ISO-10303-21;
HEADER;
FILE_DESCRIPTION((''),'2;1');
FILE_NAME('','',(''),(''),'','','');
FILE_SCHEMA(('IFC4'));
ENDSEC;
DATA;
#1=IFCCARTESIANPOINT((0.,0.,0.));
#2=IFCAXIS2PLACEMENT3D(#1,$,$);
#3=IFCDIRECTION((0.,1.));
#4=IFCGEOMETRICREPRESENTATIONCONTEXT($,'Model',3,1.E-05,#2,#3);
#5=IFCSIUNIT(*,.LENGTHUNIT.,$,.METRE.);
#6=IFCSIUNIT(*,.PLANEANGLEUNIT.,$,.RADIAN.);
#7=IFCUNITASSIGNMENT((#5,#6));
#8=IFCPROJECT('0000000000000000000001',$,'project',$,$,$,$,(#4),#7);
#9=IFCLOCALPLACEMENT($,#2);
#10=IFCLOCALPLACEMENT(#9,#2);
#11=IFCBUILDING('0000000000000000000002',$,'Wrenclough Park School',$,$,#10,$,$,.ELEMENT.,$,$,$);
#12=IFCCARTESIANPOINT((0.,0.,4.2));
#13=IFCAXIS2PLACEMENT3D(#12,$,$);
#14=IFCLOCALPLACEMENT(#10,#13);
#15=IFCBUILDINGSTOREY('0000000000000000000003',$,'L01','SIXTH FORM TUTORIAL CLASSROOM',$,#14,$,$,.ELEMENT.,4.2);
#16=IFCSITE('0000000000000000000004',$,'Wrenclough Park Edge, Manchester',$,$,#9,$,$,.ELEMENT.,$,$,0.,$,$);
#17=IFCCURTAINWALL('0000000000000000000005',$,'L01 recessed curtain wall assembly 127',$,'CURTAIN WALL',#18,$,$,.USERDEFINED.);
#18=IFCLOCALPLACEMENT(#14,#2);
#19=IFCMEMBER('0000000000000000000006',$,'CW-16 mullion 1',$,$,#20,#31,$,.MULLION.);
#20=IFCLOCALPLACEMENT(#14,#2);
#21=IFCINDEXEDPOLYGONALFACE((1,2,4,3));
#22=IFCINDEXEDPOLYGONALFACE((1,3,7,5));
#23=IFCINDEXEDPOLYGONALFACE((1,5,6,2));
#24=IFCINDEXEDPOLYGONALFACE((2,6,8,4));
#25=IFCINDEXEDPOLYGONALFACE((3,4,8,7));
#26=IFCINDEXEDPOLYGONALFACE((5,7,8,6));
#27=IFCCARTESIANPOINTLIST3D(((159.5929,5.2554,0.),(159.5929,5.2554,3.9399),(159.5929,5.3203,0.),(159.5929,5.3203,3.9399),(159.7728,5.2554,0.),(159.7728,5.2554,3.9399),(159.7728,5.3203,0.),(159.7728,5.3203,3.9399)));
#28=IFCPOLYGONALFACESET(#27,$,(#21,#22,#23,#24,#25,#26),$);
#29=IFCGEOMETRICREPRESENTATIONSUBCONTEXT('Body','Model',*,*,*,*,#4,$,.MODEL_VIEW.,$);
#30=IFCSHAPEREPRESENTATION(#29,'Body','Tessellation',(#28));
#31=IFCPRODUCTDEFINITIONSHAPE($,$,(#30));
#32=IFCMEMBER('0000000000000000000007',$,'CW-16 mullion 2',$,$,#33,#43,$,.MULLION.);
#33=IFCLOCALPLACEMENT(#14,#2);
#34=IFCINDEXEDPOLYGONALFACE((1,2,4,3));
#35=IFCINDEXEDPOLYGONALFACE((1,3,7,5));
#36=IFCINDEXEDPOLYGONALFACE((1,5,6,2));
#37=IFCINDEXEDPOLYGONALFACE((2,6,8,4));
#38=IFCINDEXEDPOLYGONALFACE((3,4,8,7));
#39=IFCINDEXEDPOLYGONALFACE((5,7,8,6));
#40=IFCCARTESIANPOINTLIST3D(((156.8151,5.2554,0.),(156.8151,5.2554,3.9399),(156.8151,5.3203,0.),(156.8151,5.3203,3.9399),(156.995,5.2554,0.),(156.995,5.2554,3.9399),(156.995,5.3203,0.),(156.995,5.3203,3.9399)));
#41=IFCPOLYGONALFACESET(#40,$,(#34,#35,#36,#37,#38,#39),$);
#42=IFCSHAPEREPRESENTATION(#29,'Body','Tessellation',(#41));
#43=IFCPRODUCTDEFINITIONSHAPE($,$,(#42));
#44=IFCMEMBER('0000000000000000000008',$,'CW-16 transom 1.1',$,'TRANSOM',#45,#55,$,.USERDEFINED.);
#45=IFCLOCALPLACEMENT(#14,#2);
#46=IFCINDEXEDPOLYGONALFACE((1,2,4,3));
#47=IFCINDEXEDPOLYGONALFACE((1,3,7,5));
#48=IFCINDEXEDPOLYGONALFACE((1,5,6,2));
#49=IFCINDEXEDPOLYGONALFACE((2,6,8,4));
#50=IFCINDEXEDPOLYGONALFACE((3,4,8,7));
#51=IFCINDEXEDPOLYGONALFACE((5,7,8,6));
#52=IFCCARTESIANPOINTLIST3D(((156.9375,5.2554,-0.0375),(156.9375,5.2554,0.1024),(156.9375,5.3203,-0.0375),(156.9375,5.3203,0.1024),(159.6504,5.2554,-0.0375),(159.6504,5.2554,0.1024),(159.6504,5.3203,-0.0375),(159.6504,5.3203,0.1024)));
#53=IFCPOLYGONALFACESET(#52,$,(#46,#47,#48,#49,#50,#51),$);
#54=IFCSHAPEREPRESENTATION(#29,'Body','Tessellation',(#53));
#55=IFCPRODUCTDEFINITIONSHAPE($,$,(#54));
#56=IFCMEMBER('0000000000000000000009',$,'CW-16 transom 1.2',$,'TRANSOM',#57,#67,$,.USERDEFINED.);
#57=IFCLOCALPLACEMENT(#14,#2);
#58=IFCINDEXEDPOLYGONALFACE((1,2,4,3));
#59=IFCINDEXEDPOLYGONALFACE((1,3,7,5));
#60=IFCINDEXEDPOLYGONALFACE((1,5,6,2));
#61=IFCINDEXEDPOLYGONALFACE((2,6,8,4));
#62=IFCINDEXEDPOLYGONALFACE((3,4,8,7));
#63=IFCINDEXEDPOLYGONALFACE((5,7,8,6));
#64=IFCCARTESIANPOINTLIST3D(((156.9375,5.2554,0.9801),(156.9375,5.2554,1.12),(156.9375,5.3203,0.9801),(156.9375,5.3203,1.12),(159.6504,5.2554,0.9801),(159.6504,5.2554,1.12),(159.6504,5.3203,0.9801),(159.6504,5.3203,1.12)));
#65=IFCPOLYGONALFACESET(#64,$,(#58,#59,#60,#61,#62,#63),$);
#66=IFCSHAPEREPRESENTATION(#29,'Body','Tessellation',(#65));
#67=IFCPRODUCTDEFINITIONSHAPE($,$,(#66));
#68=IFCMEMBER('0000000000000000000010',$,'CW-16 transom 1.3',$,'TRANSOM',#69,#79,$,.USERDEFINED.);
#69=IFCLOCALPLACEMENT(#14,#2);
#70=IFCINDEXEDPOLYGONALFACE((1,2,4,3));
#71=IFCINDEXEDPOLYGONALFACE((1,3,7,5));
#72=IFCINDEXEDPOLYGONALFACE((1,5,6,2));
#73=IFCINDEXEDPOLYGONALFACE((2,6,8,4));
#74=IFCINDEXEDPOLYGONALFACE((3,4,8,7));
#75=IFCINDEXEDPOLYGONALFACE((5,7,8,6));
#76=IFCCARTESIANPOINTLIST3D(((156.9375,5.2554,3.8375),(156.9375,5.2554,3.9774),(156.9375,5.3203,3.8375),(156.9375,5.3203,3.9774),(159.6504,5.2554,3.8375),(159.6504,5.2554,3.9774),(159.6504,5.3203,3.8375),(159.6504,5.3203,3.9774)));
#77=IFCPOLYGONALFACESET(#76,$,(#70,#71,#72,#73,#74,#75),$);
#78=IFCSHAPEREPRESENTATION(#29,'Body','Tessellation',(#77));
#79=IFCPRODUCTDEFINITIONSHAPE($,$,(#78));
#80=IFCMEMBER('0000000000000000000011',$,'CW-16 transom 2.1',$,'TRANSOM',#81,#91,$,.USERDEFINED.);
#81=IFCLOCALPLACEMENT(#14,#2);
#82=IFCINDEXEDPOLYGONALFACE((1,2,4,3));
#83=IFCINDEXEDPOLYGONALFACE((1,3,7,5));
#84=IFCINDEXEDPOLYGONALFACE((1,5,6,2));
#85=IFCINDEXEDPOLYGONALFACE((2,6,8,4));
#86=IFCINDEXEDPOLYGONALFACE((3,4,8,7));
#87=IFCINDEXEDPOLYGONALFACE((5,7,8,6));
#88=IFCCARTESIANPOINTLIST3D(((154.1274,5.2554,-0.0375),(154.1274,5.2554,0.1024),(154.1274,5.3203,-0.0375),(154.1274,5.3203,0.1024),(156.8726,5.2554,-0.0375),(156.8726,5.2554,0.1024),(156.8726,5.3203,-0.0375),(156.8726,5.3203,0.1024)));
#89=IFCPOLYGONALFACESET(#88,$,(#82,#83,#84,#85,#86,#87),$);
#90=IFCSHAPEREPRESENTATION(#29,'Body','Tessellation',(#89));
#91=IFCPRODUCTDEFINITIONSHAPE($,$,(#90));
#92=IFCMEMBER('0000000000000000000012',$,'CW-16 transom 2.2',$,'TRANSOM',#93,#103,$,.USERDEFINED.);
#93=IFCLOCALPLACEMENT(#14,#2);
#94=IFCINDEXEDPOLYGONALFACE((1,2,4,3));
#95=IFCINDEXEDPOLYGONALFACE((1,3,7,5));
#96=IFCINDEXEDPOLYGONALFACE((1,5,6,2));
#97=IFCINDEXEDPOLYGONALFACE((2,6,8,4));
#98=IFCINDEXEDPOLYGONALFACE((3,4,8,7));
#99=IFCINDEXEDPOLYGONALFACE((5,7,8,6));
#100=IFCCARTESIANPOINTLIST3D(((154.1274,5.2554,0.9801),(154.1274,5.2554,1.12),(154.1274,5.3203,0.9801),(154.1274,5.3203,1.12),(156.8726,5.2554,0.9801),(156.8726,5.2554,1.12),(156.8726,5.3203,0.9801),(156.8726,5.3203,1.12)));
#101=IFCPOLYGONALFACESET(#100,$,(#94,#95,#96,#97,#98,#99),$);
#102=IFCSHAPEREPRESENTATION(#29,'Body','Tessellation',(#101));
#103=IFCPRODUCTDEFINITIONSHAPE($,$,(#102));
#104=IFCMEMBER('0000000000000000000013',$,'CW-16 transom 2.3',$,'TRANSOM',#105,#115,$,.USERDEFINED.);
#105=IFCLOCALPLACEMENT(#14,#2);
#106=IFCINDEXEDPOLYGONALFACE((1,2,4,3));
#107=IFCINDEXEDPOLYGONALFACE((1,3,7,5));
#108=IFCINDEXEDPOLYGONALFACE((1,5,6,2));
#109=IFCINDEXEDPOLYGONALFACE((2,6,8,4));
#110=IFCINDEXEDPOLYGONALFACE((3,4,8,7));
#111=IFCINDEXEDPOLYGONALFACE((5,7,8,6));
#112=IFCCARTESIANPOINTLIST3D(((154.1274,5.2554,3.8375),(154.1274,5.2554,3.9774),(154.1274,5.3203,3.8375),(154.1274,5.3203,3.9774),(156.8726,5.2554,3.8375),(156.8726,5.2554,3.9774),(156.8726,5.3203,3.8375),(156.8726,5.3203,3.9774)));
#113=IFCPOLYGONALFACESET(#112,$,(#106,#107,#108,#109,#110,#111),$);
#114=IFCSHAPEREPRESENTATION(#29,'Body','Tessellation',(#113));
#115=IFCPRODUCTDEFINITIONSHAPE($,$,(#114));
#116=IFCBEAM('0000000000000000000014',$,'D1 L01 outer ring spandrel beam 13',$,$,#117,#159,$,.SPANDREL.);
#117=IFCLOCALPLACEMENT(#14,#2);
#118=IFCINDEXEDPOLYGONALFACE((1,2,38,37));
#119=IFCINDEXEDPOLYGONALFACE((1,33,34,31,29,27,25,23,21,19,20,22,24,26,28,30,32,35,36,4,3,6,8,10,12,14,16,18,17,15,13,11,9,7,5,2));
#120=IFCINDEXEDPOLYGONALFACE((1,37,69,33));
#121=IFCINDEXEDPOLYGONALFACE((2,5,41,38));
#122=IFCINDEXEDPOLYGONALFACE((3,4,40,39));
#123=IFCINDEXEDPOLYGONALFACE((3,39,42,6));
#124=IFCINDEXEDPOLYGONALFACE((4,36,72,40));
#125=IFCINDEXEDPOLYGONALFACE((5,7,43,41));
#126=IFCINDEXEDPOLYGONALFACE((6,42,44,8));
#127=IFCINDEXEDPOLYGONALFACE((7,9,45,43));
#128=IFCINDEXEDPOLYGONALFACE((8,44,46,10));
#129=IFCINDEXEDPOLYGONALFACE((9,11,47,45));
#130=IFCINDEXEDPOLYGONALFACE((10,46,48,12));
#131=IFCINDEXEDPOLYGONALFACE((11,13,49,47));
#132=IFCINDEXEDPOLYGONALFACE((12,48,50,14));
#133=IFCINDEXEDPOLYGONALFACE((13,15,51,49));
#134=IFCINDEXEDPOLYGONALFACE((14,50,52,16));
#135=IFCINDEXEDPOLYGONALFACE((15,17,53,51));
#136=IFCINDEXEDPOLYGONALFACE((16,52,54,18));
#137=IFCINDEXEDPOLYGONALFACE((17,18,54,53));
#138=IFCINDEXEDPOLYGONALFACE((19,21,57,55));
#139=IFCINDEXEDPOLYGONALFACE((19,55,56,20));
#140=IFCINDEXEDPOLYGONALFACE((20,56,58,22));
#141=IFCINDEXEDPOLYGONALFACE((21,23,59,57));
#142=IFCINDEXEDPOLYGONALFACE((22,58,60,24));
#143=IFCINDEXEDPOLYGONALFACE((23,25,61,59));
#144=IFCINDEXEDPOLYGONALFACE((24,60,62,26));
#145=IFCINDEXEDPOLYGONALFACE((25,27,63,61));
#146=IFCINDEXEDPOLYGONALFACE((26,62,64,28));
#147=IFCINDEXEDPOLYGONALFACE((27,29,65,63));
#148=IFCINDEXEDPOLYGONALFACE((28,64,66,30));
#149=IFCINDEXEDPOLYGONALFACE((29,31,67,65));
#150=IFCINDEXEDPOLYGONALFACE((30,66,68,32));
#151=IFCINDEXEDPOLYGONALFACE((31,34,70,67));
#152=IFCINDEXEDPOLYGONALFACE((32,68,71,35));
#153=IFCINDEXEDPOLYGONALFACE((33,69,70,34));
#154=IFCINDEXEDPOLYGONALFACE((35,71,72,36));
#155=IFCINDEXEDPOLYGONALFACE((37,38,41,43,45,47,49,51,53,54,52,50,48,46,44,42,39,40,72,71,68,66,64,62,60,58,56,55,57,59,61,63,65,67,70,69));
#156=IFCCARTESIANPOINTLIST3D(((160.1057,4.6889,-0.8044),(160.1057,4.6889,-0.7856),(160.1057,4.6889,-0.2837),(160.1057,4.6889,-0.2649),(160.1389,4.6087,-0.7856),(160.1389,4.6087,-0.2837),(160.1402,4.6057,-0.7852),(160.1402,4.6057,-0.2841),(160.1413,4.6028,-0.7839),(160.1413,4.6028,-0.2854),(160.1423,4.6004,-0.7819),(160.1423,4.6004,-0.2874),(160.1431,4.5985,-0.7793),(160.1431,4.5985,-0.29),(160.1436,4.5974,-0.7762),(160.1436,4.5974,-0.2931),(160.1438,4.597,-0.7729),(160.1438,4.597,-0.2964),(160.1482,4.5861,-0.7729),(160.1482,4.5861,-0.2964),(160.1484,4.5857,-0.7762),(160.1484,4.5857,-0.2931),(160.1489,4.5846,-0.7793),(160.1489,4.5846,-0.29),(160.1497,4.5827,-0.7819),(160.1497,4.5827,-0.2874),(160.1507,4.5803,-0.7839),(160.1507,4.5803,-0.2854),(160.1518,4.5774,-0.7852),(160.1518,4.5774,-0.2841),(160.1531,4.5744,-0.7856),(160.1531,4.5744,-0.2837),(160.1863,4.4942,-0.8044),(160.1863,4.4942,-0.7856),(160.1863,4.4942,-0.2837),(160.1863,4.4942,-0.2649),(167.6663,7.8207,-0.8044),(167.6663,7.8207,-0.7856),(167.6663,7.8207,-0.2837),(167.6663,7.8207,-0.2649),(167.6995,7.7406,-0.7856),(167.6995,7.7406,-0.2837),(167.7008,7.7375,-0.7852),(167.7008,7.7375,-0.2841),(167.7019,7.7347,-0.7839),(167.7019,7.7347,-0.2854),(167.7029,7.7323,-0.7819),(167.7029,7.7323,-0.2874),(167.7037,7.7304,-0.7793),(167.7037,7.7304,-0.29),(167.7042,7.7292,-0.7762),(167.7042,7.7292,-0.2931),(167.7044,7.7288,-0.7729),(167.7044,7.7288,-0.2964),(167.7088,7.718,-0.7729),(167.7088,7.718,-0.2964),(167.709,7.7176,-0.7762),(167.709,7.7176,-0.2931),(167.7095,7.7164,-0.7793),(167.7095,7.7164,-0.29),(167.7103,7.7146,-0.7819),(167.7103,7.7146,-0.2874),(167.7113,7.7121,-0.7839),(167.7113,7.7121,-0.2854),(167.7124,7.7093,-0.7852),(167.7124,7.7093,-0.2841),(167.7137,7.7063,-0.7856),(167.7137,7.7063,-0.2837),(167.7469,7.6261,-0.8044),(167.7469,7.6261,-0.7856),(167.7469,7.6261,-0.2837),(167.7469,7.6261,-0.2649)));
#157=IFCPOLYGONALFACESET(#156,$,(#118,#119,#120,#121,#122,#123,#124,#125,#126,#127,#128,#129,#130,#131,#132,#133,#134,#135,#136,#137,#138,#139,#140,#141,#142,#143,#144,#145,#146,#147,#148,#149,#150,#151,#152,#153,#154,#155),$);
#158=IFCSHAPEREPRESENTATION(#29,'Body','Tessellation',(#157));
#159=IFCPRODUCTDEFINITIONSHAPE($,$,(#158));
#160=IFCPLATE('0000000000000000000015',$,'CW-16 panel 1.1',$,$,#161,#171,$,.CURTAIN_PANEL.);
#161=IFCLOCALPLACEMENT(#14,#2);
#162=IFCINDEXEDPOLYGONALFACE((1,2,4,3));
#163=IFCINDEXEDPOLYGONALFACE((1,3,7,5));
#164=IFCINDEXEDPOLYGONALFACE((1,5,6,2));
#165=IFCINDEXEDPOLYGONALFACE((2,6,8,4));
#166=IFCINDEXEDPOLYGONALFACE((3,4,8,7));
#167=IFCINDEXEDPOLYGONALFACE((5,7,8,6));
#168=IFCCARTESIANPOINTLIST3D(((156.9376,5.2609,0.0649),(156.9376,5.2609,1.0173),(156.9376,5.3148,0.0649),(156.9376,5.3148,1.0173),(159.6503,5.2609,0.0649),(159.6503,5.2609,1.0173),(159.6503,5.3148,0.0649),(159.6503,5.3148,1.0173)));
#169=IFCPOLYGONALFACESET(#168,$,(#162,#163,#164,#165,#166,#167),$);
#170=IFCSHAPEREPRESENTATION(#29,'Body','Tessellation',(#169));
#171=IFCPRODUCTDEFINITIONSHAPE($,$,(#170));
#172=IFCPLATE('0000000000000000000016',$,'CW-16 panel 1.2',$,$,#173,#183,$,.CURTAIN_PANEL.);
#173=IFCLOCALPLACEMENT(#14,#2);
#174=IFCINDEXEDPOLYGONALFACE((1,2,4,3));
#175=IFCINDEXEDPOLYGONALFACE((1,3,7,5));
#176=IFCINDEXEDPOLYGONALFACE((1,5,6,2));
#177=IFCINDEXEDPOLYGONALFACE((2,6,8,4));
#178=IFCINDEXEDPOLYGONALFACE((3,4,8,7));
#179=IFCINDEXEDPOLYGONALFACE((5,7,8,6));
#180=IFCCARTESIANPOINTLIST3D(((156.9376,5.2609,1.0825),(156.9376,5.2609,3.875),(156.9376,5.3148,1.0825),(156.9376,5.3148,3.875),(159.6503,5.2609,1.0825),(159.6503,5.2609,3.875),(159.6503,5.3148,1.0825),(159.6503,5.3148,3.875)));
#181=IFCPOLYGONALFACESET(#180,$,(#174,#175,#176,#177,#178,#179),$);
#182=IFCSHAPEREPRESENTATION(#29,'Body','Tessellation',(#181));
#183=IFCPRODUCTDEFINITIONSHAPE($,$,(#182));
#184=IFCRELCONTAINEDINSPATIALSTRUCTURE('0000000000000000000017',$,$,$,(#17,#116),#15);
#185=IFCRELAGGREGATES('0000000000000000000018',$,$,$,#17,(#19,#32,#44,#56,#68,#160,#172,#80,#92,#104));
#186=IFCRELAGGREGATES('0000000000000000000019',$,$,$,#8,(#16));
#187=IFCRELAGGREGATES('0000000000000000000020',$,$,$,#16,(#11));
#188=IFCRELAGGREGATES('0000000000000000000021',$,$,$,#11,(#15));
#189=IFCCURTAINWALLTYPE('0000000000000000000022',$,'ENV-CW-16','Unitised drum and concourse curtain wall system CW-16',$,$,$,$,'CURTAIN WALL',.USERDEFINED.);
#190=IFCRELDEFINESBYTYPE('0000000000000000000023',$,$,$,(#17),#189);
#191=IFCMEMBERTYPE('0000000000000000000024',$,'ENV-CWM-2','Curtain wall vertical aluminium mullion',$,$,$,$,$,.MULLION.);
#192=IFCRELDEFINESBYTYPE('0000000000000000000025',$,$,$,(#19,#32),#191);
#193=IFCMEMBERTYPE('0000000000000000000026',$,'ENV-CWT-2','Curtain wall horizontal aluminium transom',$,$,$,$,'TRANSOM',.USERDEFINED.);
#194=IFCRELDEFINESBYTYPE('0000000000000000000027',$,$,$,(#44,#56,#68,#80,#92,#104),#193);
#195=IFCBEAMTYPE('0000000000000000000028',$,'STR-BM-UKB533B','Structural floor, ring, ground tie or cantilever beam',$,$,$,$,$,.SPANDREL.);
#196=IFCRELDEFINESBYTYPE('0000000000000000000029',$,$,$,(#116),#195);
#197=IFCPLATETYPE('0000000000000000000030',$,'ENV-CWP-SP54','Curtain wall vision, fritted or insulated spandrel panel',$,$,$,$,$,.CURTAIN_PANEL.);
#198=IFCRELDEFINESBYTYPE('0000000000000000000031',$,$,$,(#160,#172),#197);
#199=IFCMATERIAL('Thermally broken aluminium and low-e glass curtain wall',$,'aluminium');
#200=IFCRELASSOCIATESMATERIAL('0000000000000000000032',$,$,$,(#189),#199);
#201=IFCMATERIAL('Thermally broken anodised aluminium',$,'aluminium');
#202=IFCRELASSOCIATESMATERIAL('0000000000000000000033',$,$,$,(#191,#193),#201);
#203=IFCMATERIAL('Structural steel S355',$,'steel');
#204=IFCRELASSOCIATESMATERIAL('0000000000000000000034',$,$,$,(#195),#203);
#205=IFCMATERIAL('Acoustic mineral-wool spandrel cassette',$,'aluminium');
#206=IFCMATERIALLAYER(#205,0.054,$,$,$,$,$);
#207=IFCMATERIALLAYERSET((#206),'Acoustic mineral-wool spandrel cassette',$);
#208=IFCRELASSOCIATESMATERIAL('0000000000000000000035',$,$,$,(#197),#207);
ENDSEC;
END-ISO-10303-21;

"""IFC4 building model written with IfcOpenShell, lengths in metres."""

from ifc_helpers import new_model, si_unit, direction, frame, origin, origin_2d, place, context, subcontext, project, spatial, rectangle, i_section, extrude, material, layer, layer_set, material_profile, profile_set, type_object, element, aggregate, save


model = new_model("IFC4")

# Units and contexts
model_context = context("Model", 3, precision=1e-05, world=origin(), true_north=direction((0.0, 1.0)))
body_context = subcontext(model_context, "Body", "Model", "MODEL_VIEW")
ifc_project = project(units=[si_unit("LENGTHUNIT", "METRE"), si_unit("PLANEANGLEUNIT", "RADIAN")], contexts=[model_context])

# Site, building, storey
site_placement = place(None, origin())
site = spatial("IfcSite", under=ifc_project, at=site_placement, Name="Wrenclough Park Edge, Manchester", CompositionType="ELEMENT", RefElevation=0.0)
building_placement = place(site_placement, origin())
building = spatial("IfcBuilding", under=site, at=building_placement, Name="Wrenclough Park School", CompositionType="ELEMENT")
storey_placement = place(building_placement, frame((0.0, 0.0, 4.2)))
storey = spatial("IfcBuildingStorey", under=building, at=storey_placement, Name="L01", Description="SIXTH FORM TUTORIAL CLASSROOM", CompositionType="ELEMENT", Elevation=4.2)

# Curtain wall, members
ifc_material_1 = material(Name="Thermally broken aluminium and low-e glass curtain wall", Category="aluminium")
curtain_wall_type = type_object("IfcCurtainWallType", Name="ENV-CW-16", Description="Unitised drum and concourse curtain wall system CW-16", ElementType="CURTAIN WALL", PredefinedType="USERDEFINED", material=ifc_material_1)
curtain_wall_placement = place(storey_placement, origin())
curtain_wall = element("IfcCurtainWall", 1, at=curtain_wall_placement, inside=storey, type_object=curtain_wall_type, Name="L01 recessed curtain wall assembly 127", ObjectType="CURTAIN WALL", PredefinedType="USERDEFINED")
ifc_material_2 = material(Name="Thermally broken anodised aluminium", Category="aluminium")
ifc_material_profile_1 = material_profile(ifc_material_2, rectangle(XDim=0.0649, YDim=0.1799, at=origin_2d()), Name="AL MULLION 65x180")
ifc_profile_set_1 = profile_set([ifc_material_profile_1], Name="Thermally broken anodised aluminium")
member_type_1 = type_object("IfcMemberType", Name="ENV-CWM-2", Description="Curtain wall vertical aluminium mullion", PredefinedType="MULLION", material=ifc_profile_set_1)
member_1_placement = place(storey_placement, frame((159.6829, 5.2878, 0.0), z_axis=(0.0, 0.0, 1.0), x_axis=(0.0, -1.0, 0.0)))
member_1 = element("IfcMember", 2, at=member_1_placement, type_object=member_type_1, Name="CW-16 mullion 1", PredefinedType="MULLION", context=body_context, shape_type="SweptSolid", body=[
    extrude(rectangle(XDim=0.0649, YDim=0.1799, at=origin_2d()), origin(), (0.0, 0.0, 1.0), 3.9399),
])
member_2_placement = place(storey_placement, frame((156.905, 5.2878, 0.0), z_axis=(0.0, 0.0, 1.0), x_axis=(0.0, -1.0, 0.0)))
member_2 = element("IfcMember", 3, at=member_2_placement, type_object=member_type_1, Name="CW-16 mullion 2", PredefinedType="MULLION", context=body_context, shape_type="SweptSolid", body=[
    extrude(rectangle(XDim=0.0649, YDim=0.1799, at=origin_2d()), origin(), (0.0, 0.0, 1.0), 3.9399),
])
ifc_material_profile_2 = material_profile(ifc_material_2, rectangle(XDim=0.0649, YDim=0.1399, at=origin_2d()), Name="AL TRANSOM 65x140")
ifc_profile_set_2 = profile_set([ifc_material_profile_2], Name="Thermally broken anodised aluminium")
member_type_2 = type_object("IfcMemberType", Name="ENV-CWT-2", Description="Curtain wall horizontal aluminium transom", ElementType="TRANSOM", PredefinedType="USERDEFINED", material=ifc_profile_set_2)
member_3_placement = place(storey_placement, frame((159.6504, 5.2878, 0.0325), z_axis=(-1.0, 0.0, 0.0), x_axis=(0.0, -1.0, 0.0)))
member_3 = element("IfcMember", 4, at=member_3_placement, type_object=member_type_2, Name="CW-16 transom 1.1", ObjectType="TRANSOM", PredefinedType="USERDEFINED", context=body_context, shape_type="SweptSolid", body=[
    extrude(rectangle(XDim=0.0649, YDim=0.1399, at=origin_2d()), origin(), (0.0, 0.0, 1.0), 2.7129),
])
member_4_placement = place(storey_placement, frame((159.6504, 5.2878, 1.05), z_axis=(-1.0, 0.0, 0.0), x_axis=(0.0, -1.0, 0.0)))
member_4 = element("IfcMember", 5, at=member_4_placement, type_object=member_type_2, Name="CW-16 transom 1.2", ObjectType="TRANSOM", PredefinedType="USERDEFINED", context=body_context, shape_type="SweptSolid", body=[
    extrude(rectangle(XDim=0.0649, YDim=0.1399, at=origin_2d()), origin(), (0.0, 0.0, 1.0), 2.7129),
])
member_5_placement = place(storey_placement, frame((159.6504, 5.2878, 3.9075), z_axis=(-1.0, 0.0, 0.0), x_axis=(0.0, -1.0, 0.0)))
member_5 = element("IfcMember", 6, at=member_5_placement, type_object=member_type_2, Name="CW-16 transom 1.3", ObjectType="TRANSOM", PredefinedType="USERDEFINED", context=body_context, shape_type="SweptSolid", body=[
    extrude(rectangle(XDim=0.0649, YDim=0.1399, at=origin_2d()), origin(), (0.0, 0.0, 1.0), 2.7129),
])
member_6_placement = place(storey_placement, frame((156.8726, 5.2878, 0.0325), z_axis=(-1.0, 0.0, 0.0), x_axis=(0.0, -1.0, 0.0)))
member_6 = element("IfcMember", 7, at=member_6_placement, type_object=member_type_2, Name="CW-16 transom 2.1", ObjectType="TRANSOM", PredefinedType="USERDEFINED", context=body_context, shape_type="SweptSolid", body=[
    extrude(rectangle(XDim=0.0649, YDim=0.1399, at=origin_2d()), origin(), (0.0, 0.0, 1.0), 2.7451),
])
member_7_placement = place(storey_placement, frame((156.8726, 5.2878, 1.05), z_axis=(-1.0, 0.0, 0.0), x_axis=(0.0, -1.0, 0.0)))
member_7 = element("IfcMember", 8, at=member_7_placement, type_object=member_type_2, Name="CW-16 transom 2.2", ObjectType="TRANSOM", PredefinedType="USERDEFINED", context=body_context, shape_type="SweptSolid", body=[
    extrude(rectangle(XDim=0.0649, YDim=0.1399, at=origin_2d()), origin(), (0.0, 0.0, 1.0), 2.7451),
])
member_8_placement = place(storey_placement, frame((156.8726, 5.2878, 3.9075), z_axis=(-1.0, 0.0, 0.0), x_axis=(0.0, -1.0, 0.0)))
member_8 = element("IfcMember", 9, at=member_8_placement, type_object=member_type_2, Name="CW-16 transom 2.3", ObjectType="TRANSOM", PredefinedType="USERDEFINED", context=body_context, shape_type="SweptSolid", body=[
    extrude(rectangle(XDim=0.0649, YDim=0.1399, at=origin_2d()), origin(), (0.0, 0.0, 1.0), 2.7451),
])

# Beam
ifc_material_3 = material(Name="Structural steel S355", Category="steel")
ifc_material_profile_3 = material_profile(ifc_material_3, i_section(OverallWidth=0.2107, OverallDepth=0.5396, WebThickness=0.0117, FlangeThickness=0.0188, FilletRadius=0.0127, at=origin_2d()), Name="UKB 533x210x109")
ifc_profile_set_3 = profile_set([ifc_material_profile_3], Name="Structural steel S355")
beam_type = type_object("IfcBeamType", Name="STR-BM-UKB533B", Description="Structural floor, ring, ground tie or cantilever beam", PredefinedType="SPANDREL", material=ifc_profile_set_3)
beam_placement = place(storey_placement, frame((160.146, 4.5916, -0.5347), z_axis=(0.923873, 0.3827, 0.0), x_axis=(-0.3827, 0.923873, 0.0)))
element("IfcBeam", 10, at=beam_placement, inside=storey, type_object=beam_type, Name="D1 L01 outer ring spandrel beam 13", PredefinedType="SPANDREL", context=body_context, shape_type="SweptSolid", body=[
    extrude(i_section(OverallWidth=0.2107, OverallDepth=0.5396, WebThickness=0.0117, FlangeThickness=0.0188, FilletRadius=0.0127, at=origin_2d()), origin(), (0.0, 0.0, 1.0), 8.1836),
])

# Plates
ifc_material_4 = material(Name="Acoustic mineral-wool spandrel cassette", Category="aluminium")
ifc_layer_1 = layer(ifc_material_4, 0.054)
ifc_layer_set_1 = layer_set([ifc_layer_1], Name="Acoustic mineral-wool spandrel cassette")
plate_type_1 = type_object("IfcPlateType", Name="ENV-CWP-SP54", Description="Curtain wall vision, fritted or insulated spandrel panel", PredefinedType="CURTAIN_PANEL", material=ifc_layer_set_1)
plate_1_placement = place(storey_placement, frame((158.2939, 5.2878, 0.0649), z_axis=(0.0, 0.0, 1.0), x_axis=(-1.0, 0.0, 0.0)))
plate_1 = element("IfcPlate", 11, at=plate_1_placement, type_object=plate_type_1, Name="CW-16 panel 1.1", PredefinedType="CURTAIN_PANEL", context=body_context, shape_type="SweptSolid", body=[
    extrude(rectangle(XDim=2.7126, YDim=0.054, at=origin_2d()), origin(), (0.0, 0.0, 1.0), 0.9524),
])
plate_2_placement = place(storey_placement, frame((158.2939, 5.2878, 1.0825), z_axis=(0.0, 0.0, 1.0), x_axis=(-1.0, 0.0, 0.0)))
plate_2 = element("IfcPlate", 12, at=plate_2_placement, type_object=plate_type_1, Name="CW-16 panel 1.2", PredefinedType="CURTAIN_PANEL", context=body_context, shape_type="SweptSolid", body=[
    extrude(rectangle(XDim=2.7126, YDim=0.054, at=origin_2d()), origin(), (0.0, 0.0, 1.0), 2.7925),
])
aggregate(curtain_wall, [member_1, member_2, member_3, member_4, member_5, plate_1, plate_2, member_6, member_7, member_8])

save(model, "model.ifc")
